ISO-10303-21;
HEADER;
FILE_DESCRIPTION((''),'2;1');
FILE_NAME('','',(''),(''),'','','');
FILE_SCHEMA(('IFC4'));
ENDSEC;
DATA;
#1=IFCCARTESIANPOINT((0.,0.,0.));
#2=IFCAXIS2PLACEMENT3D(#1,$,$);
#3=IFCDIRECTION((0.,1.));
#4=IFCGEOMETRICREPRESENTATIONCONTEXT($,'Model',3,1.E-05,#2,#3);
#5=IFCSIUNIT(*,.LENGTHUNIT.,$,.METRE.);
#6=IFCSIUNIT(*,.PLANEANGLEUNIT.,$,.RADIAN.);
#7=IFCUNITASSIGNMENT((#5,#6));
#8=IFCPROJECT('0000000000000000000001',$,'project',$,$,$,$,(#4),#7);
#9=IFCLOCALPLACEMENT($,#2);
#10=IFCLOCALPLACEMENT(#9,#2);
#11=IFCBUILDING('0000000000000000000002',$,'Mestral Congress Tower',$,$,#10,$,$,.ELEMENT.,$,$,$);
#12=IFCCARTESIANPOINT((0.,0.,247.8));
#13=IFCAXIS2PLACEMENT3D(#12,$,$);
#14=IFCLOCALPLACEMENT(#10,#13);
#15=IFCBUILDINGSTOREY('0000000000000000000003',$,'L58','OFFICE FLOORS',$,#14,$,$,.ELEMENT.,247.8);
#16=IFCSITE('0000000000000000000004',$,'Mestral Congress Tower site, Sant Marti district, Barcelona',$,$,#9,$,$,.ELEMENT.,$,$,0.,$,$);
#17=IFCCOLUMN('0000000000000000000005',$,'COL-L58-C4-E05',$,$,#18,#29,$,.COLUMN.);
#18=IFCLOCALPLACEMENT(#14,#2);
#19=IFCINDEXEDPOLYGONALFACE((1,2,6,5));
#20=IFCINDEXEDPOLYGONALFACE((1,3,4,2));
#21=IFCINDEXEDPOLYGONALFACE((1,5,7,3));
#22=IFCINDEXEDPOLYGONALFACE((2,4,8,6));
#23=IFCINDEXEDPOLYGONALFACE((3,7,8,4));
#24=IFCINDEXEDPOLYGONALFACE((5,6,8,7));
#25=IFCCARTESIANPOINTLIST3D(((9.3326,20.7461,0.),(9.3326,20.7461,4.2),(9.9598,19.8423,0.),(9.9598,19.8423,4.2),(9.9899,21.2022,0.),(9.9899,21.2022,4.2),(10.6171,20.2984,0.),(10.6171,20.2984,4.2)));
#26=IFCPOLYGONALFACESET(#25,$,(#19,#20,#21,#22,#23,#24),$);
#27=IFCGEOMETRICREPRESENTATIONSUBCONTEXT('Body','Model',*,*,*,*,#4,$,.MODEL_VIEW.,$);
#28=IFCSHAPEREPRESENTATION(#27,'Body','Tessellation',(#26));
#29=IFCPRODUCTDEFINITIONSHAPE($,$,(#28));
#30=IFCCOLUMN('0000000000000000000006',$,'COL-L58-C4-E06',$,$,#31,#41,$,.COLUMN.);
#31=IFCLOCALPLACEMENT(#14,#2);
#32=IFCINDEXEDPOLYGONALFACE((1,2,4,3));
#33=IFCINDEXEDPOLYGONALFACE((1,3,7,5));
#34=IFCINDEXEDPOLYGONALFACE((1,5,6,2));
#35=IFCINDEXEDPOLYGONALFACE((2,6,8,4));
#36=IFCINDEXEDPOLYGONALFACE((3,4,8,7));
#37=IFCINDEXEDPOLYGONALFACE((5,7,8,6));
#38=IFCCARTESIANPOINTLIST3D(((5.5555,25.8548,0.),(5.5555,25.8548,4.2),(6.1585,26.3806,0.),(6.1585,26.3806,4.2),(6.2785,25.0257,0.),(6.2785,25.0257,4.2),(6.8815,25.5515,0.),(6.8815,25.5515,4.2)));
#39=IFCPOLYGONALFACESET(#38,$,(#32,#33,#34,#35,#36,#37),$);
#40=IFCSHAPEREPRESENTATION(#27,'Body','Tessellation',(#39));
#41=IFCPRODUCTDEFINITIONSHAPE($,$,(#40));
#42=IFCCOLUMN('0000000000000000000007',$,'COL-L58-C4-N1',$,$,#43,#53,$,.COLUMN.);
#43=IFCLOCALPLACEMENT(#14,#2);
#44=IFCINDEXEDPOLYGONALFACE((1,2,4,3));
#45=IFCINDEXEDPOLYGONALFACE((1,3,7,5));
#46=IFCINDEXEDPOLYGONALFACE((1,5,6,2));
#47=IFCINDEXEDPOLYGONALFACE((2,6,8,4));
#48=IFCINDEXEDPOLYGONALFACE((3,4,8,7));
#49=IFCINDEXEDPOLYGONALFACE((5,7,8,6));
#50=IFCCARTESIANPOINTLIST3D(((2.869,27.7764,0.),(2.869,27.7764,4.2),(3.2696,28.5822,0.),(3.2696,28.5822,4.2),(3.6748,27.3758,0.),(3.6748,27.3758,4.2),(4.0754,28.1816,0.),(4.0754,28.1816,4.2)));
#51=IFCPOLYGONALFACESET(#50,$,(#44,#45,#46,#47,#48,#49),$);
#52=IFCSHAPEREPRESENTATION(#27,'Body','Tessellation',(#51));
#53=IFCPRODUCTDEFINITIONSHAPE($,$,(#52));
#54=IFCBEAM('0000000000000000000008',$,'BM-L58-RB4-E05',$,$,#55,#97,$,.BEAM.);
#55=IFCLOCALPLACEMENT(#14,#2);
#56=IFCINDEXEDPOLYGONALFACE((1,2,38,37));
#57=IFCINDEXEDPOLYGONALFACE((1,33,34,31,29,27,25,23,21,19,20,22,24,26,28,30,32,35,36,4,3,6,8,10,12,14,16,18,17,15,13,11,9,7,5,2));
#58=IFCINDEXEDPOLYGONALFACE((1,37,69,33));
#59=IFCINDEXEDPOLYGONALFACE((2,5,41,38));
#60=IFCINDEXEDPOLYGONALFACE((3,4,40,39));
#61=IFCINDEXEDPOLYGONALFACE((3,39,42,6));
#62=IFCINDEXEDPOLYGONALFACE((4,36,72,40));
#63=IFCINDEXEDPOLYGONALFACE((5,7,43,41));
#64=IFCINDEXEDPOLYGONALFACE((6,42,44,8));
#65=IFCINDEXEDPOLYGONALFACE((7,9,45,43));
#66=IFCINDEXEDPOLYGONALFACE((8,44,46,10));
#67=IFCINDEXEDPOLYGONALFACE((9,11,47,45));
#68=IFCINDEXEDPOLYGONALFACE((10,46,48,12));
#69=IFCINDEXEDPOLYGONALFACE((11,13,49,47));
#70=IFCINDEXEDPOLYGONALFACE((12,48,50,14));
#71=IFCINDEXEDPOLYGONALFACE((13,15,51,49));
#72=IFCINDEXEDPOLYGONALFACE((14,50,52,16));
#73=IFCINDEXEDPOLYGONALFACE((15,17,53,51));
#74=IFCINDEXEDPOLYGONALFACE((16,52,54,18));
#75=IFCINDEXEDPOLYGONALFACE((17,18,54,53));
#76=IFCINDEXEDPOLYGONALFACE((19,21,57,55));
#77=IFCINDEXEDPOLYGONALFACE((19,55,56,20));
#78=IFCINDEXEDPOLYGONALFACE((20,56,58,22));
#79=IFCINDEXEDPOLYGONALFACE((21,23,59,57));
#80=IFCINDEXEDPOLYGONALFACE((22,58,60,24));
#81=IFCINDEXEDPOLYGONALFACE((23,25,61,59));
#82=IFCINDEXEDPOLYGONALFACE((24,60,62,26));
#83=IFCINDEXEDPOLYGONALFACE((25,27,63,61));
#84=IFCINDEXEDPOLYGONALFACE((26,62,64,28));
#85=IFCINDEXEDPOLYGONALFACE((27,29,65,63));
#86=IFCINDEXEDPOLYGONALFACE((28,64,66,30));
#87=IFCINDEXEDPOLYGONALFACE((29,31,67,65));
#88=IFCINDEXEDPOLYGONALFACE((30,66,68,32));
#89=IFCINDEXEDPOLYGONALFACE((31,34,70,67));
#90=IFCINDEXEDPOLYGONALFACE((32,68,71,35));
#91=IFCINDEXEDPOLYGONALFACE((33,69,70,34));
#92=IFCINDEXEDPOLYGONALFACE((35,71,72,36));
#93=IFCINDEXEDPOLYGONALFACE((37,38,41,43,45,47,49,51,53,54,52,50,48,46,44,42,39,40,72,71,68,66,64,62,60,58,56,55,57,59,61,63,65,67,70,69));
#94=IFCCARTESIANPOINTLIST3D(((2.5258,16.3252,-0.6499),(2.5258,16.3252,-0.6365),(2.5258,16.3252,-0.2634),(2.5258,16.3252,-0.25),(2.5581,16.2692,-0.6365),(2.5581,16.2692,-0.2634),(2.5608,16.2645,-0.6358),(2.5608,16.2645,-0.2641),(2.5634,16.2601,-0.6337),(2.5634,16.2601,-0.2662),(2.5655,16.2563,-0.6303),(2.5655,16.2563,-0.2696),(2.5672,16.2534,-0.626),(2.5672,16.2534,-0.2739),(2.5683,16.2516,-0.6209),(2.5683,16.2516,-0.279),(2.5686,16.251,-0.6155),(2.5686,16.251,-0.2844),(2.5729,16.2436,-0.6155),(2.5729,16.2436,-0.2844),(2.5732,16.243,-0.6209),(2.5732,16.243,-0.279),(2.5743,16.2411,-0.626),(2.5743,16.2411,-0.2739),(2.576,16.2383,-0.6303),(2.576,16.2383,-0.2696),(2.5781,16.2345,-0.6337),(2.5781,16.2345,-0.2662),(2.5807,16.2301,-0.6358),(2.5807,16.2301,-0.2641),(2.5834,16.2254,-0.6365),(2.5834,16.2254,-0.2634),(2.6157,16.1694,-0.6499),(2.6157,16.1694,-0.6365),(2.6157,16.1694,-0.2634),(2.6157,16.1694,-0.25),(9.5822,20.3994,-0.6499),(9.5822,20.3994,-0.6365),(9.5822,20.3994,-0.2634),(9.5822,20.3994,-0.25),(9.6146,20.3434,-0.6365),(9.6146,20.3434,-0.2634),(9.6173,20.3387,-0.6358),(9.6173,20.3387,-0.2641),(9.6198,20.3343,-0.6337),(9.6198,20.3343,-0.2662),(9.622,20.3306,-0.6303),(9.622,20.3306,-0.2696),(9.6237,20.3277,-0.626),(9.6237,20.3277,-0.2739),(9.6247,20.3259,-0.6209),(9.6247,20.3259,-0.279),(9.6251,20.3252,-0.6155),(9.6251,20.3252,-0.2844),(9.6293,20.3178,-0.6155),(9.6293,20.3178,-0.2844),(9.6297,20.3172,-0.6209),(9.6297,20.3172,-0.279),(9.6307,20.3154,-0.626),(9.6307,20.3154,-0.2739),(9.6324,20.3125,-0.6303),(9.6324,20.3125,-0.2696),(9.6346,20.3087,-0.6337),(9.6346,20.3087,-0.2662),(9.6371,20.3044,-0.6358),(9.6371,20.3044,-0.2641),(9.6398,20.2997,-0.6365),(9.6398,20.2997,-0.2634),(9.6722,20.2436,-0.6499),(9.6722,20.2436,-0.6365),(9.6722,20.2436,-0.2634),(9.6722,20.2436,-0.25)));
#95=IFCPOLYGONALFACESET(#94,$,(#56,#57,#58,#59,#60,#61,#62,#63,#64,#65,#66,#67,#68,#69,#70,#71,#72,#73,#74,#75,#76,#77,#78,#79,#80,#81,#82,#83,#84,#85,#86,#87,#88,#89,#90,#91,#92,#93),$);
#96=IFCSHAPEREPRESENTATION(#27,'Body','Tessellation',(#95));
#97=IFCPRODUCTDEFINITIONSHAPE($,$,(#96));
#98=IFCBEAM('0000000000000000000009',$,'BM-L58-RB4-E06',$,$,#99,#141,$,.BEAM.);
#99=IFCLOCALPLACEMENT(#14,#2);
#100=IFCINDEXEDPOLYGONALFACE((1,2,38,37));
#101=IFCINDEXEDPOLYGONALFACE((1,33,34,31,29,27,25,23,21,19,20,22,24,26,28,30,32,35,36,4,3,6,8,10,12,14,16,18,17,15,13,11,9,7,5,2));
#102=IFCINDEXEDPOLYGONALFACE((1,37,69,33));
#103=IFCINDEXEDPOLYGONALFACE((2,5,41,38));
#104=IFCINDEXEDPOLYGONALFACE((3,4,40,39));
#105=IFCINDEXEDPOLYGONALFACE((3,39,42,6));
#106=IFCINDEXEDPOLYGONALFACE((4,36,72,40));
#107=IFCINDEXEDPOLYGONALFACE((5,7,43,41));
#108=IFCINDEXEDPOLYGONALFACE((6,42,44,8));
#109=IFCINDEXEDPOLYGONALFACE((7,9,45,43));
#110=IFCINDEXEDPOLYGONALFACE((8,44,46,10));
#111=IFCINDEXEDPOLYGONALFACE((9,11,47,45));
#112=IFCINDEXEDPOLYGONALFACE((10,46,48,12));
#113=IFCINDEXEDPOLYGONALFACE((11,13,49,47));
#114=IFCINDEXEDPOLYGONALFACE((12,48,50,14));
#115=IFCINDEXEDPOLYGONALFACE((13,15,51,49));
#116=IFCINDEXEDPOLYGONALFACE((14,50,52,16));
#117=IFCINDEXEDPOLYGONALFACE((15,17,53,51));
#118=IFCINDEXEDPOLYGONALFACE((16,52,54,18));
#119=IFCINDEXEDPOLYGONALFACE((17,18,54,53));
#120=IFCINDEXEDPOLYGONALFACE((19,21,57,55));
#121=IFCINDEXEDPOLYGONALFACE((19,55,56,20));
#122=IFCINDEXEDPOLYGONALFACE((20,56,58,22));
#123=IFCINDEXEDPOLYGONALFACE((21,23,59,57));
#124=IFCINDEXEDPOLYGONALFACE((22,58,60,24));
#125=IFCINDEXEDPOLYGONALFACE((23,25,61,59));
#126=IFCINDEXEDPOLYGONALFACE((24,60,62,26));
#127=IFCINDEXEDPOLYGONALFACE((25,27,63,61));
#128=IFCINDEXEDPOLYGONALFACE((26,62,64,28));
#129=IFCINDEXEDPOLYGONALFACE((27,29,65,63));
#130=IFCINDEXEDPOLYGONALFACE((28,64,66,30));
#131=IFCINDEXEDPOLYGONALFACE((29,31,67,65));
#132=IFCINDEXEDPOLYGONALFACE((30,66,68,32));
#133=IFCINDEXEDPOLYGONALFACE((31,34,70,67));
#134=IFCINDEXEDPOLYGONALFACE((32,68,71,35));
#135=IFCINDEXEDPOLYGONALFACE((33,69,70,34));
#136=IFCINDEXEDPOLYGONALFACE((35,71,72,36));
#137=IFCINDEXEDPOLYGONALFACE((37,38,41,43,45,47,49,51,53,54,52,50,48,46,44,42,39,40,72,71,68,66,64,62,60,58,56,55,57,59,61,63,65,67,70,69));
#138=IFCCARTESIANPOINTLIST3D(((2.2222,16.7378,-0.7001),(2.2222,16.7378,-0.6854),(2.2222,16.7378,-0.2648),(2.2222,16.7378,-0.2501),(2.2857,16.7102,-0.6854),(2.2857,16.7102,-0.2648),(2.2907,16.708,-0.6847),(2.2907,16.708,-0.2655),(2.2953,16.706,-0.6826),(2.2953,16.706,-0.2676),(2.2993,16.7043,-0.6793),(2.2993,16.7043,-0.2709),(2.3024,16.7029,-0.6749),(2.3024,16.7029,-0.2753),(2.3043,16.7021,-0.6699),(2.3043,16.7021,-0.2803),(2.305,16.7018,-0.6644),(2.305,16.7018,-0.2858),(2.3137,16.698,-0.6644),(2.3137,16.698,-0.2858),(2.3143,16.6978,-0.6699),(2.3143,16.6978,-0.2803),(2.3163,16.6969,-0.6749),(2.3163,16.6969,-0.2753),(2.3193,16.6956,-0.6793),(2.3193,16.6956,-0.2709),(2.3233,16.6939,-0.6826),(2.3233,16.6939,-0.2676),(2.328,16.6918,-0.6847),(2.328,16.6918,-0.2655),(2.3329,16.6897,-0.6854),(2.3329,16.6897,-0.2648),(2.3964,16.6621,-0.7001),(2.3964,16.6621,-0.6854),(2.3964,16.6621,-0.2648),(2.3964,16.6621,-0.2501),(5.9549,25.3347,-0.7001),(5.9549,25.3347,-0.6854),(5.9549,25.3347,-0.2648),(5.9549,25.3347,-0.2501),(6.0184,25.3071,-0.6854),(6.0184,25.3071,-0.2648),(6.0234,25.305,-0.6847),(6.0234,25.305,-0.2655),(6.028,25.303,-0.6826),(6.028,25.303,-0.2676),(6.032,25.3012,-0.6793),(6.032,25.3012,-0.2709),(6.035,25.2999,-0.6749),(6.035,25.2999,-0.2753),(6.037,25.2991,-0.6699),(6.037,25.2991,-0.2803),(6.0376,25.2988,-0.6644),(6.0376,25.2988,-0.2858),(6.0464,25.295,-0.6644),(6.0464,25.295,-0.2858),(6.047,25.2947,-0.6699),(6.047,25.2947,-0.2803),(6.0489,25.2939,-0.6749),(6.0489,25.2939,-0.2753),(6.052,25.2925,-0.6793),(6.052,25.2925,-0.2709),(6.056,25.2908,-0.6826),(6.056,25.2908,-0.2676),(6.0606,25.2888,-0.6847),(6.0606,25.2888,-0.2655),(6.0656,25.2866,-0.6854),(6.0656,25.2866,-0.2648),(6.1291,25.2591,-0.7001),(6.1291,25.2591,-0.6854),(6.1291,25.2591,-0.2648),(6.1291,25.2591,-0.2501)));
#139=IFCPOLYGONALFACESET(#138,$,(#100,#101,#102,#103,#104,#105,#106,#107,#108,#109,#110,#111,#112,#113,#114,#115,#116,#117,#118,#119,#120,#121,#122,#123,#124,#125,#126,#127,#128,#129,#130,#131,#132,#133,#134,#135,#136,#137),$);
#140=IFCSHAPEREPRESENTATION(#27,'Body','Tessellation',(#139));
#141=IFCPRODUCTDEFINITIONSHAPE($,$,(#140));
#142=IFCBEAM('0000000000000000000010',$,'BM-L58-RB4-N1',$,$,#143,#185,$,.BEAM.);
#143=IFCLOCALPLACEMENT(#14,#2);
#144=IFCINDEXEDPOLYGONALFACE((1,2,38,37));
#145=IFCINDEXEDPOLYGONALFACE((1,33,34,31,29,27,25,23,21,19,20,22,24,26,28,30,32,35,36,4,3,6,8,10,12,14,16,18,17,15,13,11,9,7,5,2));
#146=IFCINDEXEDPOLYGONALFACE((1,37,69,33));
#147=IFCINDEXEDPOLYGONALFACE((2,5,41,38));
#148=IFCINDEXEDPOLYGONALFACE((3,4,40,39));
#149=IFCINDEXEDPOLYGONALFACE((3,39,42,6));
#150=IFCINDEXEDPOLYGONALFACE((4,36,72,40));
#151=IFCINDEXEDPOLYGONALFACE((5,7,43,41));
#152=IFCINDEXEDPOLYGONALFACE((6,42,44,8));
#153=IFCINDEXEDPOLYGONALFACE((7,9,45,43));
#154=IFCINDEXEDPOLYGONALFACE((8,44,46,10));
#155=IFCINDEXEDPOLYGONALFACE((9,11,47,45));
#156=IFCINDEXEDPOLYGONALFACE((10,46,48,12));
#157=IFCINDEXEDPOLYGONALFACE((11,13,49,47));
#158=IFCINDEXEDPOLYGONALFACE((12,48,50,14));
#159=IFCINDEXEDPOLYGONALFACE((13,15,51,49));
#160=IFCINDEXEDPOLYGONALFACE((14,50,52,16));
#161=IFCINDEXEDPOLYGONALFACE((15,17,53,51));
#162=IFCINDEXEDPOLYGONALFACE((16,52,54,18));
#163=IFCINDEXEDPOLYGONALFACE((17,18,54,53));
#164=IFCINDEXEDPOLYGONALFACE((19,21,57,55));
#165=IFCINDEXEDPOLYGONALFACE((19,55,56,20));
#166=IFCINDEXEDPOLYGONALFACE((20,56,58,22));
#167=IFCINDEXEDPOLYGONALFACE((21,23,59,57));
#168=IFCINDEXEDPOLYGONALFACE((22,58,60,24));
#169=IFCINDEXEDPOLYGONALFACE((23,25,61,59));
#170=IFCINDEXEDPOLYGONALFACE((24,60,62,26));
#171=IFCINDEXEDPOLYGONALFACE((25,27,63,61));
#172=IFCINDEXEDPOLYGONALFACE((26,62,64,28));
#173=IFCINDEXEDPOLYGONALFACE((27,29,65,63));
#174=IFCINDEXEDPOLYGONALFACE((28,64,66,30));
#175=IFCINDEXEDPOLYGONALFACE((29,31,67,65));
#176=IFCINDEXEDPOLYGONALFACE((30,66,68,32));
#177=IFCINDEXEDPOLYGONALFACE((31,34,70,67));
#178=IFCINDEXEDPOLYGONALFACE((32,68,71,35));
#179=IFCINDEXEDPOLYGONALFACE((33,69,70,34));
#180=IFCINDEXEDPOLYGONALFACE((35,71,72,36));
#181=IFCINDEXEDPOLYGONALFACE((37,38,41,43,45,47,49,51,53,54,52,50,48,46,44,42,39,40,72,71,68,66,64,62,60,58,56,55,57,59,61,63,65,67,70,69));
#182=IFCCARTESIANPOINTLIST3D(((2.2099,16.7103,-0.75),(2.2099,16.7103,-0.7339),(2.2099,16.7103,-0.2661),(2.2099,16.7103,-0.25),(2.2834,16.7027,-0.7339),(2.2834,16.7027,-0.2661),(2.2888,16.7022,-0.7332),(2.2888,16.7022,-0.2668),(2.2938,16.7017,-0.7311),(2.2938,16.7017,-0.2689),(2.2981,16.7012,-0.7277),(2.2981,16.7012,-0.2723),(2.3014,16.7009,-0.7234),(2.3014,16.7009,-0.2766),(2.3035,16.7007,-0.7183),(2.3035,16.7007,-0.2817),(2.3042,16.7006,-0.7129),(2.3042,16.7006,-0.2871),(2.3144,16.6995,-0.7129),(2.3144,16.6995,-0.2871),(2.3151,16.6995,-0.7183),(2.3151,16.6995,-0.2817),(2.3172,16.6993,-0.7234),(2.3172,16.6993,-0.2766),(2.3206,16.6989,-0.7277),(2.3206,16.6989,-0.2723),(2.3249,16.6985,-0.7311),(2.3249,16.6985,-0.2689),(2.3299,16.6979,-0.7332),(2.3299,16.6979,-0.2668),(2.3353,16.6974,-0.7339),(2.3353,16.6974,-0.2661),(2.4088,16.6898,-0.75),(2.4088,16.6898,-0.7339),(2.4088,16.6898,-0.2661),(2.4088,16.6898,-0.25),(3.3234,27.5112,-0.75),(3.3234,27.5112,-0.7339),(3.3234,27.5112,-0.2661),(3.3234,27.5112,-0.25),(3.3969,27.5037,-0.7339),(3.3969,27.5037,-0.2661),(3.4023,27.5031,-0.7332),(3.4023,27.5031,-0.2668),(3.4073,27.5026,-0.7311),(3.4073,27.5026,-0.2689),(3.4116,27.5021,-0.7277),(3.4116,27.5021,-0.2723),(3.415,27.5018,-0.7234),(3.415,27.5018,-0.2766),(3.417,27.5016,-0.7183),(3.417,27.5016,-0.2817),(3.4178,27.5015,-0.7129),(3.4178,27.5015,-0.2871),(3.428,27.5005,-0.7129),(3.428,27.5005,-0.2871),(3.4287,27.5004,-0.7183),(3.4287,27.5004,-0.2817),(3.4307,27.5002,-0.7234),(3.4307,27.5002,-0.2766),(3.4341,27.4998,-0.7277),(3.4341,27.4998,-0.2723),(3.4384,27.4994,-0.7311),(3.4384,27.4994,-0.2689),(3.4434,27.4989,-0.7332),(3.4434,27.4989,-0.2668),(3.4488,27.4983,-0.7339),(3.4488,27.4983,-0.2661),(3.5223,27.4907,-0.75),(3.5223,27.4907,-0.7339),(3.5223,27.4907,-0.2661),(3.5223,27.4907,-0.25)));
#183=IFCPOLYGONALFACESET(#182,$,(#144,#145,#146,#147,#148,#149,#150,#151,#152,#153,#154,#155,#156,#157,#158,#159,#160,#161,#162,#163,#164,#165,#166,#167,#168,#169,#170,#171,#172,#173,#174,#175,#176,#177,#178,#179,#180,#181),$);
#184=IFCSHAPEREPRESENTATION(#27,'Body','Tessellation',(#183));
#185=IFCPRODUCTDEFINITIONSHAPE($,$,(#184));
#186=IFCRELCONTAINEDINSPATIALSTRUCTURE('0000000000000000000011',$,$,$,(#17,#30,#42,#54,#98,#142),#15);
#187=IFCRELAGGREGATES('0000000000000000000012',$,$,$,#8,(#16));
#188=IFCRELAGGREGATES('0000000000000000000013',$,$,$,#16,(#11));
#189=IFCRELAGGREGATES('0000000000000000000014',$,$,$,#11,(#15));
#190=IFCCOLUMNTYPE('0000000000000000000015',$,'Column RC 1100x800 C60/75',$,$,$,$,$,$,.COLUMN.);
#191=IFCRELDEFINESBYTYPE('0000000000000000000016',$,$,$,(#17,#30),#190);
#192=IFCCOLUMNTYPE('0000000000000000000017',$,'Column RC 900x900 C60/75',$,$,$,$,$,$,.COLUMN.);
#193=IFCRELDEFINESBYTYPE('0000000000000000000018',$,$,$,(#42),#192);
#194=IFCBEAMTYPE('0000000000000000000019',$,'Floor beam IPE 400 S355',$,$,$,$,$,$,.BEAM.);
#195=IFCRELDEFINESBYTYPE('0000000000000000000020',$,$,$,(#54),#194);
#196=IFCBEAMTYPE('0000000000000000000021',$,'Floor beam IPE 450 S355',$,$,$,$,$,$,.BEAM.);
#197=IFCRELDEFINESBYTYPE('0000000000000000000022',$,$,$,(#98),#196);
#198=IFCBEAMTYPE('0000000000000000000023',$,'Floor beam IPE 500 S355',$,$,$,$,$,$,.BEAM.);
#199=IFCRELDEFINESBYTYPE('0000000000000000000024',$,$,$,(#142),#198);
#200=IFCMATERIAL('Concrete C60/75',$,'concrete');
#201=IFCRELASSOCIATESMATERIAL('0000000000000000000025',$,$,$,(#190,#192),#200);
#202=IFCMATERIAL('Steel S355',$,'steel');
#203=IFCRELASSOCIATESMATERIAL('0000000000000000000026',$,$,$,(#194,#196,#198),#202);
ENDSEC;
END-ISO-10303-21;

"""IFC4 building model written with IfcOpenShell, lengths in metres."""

from ifc_helpers import new_model, si_unit, direction, frame, origin, origin_2d, place, context, subcontext, project, spatial, rectangle, i_section, extrude, material, material_profile, profile_set, type_object, element, save


model = new_model("IFC4")

# Units and contexts
model_context = context("Model", 3, precision=1e-05, world=origin(), true_north=direction((0.0, 1.0)))
body_context = subcontext(model_context, "Body", "Model", "MODEL_VIEW")
ifc_project = project(units=[si_unit("LENGTHUNIT", "METRE"), si_unit("PLANEANGLEUNIT", "RADIAN")], contexts=[model_context])

# Site, building, storey
site_placement = place(None, origin())
site = spatial("IfcSite", under=ifc_project, at=site_placement, Name="Mestral Congress Tower site, Sant Marti district, Barcelona", CompositionType="ELEMENT", RefElevation=0.0)
building_placement = place(site_placement, origin())
building = spatial("IfcBuilding", under=site, at=building_placement, Name="Mestral Congress Tower", CompositionType="ELEMENT")
storey_placement = place(building_placement, frame((0.0, 0.0, 247.8)))
storey = spatial("IfcBuildingStorey", under=building, at=storey_placement, Name="L58", Description="OFFICE FLOORS", CompositionType="ELEMENT", Elevation=247.8)

# Columns
ifc_material_1 = material(Name="Concrete C60/75", Category="concrete")
ifc_material_profile_1 = material_profile(ifc_material_1, rectangle(XDim=1.1001, YDim=0.8, at=origin_2d()), Name="RC 1100x800")
ifc_profile_set_1 = profile_set([ifc_material_profile_1], Name="Concrete C60/75")
column_type_1 = type_object("IfcColumnType", Name="Column RC 1100x800 C60/75", PredefinedType="COLUMN", material=ifc_profile_set_1)
for number, where, z_axis, x_axis, name in (
    (1, (9.9749, 20.5222, 0.0), (0.0, 0.0, 1.0), (-0.570084, 0.821586, 0.0), "COL-L58-C4-E05"),
    (2, (6.2185, 25.7031, 0.0), (0.0, 0.0, 1.0), (-0.65725, 0.753672, 0.0), "COL-L58-C4-E06"),
):
    element("IfcColumn", number, at=place(storey_placement, frame(where, z_axis=z_axis, x_axis=x_axis)), inside=storey, type_object=column_type_1, Name=name, PredefinedType="COLUMN", context=body_context, shape_type="SweptSolid", body=[
        extrude(rectangle(XDim=1.1001, YDim=0.8, at=origin_2d()), origin(), (0.0, 0.0, 1.0), 4.2),
    ])
ifc_material_profile_2 = material_profile(ifc_material_1, rectangle(XDim=0.8999, YDim=0.8999, at=origin_2d()), Name="RC 900x900")
ifc_profile_set_2 = profile_set([ifc_material_profile_2], Name="Concrete C60/75")
column_type_2 = type_object("IfcColumnType", Name="Column RC 900x900 C60/75", PredefinedType="COLUMN", material=ifc_profile_set_2)
column_placement = place(storey_placement, frame((3.4722, 27.979, 0.0), z_axis=(0.0, 0.0, 1.0), x_axis=(-0.895456, 0.445149, 0.0)))
element("IfcColumn", 3, at=column_placement, inside=storey, type_object=column_type_2, Name="COL-L58-C4-N1", PredefinedType="COLUMN", context=body_context, shape_type="SweptSolid", body=[
    extrude(rectangle(XDim=0.8999, YDim=0.8999, at=origin_2d()), origin(), (0.0, 0.0, 1.0), 4.2),
])

# Beams
ifc_material_2 = material(Name="Steel S355", Category="steel")
ifc_material_profile_3 = material_profile(ifc_material_2, i_section(OverallWidth=0.1799, OverallDepth=0.3999, WebThickness=0.0085, FlangeThickness=0.0134, FilletRadius=0.021, at=origin_2d()), Name="IPE 400")
ifc_profile_set_3 = profile_set([ifc_material_profile_3], Name="Steel S355")
beam_type_1 = type_object("IfcBeamType", Name="Floor beam IPE 400 S355", PredefinedType="BEAM", material=ifc_profile_set_3)
beam_1_placement = place(storey_placement, frame((9.6272, 20.3215, -0.45), z_axis=(-0.866014, -0.500019, 0.0), x_axis=(0.500019, -0.866014, 0.0)))
element("IfcBeam", 4, at=beam_1_placement, inside=storey, type_object=beam_type_1, Name="BM-L58-RB4-E05", PredefinedType="BEAM", context=body_context, shape_type="SweptSolid", body=[
    extrude(i_section(OverallWidth=0.1799, OverallDepth=0.3999, WebThickness=0.0085, FlangeThickness=0.0134, FilletRadius=0.021, at=origin_2d()), origin(), (0.0, 0.0, 1.0), 8.1482),
])
ifc_material_profile_4 = material_profile(ifc_material_2, i_section(OverallWidth=0.1899, OverallDepth=0.45, WebThickness=0.0095, FlangeThickness=0.0146, FilletRadius=0.021, at=origin_2d()), Name="IPE 450")
ifc_profile_set_4 = profile_set([ifc_material_profile_4], Name="Steel S355")
beam_type_2 = type_object("IfcBeamType", Name="Floor beam IPE 450 S355", PredefinedType="BEAM", material=ifc_profile_set_4)
beam_2_placement = place(storey_placement, frame((6.042, 25.2969, -0.4751), z_axis=(-0.398266, -0.91727, 0.0), x_axis=(0.91727, -0.398266, 0.0)))
element("IfcBeam", 5, at=beam_2_placement, inside=storey, type_object=beam_type_2, Name="BM-L58-RB4-E06", PredefinedType="BEAM", context=body_context, shape_type="SweptSolid", body=[
    extrude(i_section(OverallWidth=0.1899, OverallDepth=0.45, WebThickness=0.0095, FlangeThickness=0.0146, FilletRadius=0.021, at=origin_2d()), origin(), (0.0, 0.0, 1.0), 9.3723),
])
ifc_material_profile_5 = material_profile(ifc_material_2, i_section(OverallWidth=0.2, OverallDepth=0.5, WebThickness=0.0103, FlangeThickness=0.0161, FilletRadius=0.021, at=origin_2d()), Name="IPE 500")
ifc_profile_set_5 = profile_set([ifc_material_profile_5], Name="Steel S355")
beam_type_3 = type_object("IfcBeamType", Name="Floor beam IPE 500 S355", PredefinedType="BEAM", material=ifc_profile_set_5)
beam_3_placement = place(storey_placement, frame((3.4229, 27.501, -0.5), z_axis=(-0.102551, -0.994728, 0.0), x_axis=(0.994728, -0.102551, 0.0)))
element("IfcBeam", 6, at=beam_3_placement, inside=storey, type_object=beam_type_3, Name="BM-L58-RB4-N1", PredefinedType="BEAM", context=body_context, shape_type="SweptSolid", body=[
    extrude(i_section(OverallWidth=0.2, OverallDepth=0.5, WebThickness=0.0103, FlangeThickness=0.0161, FilletRadius=0.021, at=origin_2d()), origin(), (0.0, 0.0, 1.0), 10.8582),
])

save(model, "model.ifc")
